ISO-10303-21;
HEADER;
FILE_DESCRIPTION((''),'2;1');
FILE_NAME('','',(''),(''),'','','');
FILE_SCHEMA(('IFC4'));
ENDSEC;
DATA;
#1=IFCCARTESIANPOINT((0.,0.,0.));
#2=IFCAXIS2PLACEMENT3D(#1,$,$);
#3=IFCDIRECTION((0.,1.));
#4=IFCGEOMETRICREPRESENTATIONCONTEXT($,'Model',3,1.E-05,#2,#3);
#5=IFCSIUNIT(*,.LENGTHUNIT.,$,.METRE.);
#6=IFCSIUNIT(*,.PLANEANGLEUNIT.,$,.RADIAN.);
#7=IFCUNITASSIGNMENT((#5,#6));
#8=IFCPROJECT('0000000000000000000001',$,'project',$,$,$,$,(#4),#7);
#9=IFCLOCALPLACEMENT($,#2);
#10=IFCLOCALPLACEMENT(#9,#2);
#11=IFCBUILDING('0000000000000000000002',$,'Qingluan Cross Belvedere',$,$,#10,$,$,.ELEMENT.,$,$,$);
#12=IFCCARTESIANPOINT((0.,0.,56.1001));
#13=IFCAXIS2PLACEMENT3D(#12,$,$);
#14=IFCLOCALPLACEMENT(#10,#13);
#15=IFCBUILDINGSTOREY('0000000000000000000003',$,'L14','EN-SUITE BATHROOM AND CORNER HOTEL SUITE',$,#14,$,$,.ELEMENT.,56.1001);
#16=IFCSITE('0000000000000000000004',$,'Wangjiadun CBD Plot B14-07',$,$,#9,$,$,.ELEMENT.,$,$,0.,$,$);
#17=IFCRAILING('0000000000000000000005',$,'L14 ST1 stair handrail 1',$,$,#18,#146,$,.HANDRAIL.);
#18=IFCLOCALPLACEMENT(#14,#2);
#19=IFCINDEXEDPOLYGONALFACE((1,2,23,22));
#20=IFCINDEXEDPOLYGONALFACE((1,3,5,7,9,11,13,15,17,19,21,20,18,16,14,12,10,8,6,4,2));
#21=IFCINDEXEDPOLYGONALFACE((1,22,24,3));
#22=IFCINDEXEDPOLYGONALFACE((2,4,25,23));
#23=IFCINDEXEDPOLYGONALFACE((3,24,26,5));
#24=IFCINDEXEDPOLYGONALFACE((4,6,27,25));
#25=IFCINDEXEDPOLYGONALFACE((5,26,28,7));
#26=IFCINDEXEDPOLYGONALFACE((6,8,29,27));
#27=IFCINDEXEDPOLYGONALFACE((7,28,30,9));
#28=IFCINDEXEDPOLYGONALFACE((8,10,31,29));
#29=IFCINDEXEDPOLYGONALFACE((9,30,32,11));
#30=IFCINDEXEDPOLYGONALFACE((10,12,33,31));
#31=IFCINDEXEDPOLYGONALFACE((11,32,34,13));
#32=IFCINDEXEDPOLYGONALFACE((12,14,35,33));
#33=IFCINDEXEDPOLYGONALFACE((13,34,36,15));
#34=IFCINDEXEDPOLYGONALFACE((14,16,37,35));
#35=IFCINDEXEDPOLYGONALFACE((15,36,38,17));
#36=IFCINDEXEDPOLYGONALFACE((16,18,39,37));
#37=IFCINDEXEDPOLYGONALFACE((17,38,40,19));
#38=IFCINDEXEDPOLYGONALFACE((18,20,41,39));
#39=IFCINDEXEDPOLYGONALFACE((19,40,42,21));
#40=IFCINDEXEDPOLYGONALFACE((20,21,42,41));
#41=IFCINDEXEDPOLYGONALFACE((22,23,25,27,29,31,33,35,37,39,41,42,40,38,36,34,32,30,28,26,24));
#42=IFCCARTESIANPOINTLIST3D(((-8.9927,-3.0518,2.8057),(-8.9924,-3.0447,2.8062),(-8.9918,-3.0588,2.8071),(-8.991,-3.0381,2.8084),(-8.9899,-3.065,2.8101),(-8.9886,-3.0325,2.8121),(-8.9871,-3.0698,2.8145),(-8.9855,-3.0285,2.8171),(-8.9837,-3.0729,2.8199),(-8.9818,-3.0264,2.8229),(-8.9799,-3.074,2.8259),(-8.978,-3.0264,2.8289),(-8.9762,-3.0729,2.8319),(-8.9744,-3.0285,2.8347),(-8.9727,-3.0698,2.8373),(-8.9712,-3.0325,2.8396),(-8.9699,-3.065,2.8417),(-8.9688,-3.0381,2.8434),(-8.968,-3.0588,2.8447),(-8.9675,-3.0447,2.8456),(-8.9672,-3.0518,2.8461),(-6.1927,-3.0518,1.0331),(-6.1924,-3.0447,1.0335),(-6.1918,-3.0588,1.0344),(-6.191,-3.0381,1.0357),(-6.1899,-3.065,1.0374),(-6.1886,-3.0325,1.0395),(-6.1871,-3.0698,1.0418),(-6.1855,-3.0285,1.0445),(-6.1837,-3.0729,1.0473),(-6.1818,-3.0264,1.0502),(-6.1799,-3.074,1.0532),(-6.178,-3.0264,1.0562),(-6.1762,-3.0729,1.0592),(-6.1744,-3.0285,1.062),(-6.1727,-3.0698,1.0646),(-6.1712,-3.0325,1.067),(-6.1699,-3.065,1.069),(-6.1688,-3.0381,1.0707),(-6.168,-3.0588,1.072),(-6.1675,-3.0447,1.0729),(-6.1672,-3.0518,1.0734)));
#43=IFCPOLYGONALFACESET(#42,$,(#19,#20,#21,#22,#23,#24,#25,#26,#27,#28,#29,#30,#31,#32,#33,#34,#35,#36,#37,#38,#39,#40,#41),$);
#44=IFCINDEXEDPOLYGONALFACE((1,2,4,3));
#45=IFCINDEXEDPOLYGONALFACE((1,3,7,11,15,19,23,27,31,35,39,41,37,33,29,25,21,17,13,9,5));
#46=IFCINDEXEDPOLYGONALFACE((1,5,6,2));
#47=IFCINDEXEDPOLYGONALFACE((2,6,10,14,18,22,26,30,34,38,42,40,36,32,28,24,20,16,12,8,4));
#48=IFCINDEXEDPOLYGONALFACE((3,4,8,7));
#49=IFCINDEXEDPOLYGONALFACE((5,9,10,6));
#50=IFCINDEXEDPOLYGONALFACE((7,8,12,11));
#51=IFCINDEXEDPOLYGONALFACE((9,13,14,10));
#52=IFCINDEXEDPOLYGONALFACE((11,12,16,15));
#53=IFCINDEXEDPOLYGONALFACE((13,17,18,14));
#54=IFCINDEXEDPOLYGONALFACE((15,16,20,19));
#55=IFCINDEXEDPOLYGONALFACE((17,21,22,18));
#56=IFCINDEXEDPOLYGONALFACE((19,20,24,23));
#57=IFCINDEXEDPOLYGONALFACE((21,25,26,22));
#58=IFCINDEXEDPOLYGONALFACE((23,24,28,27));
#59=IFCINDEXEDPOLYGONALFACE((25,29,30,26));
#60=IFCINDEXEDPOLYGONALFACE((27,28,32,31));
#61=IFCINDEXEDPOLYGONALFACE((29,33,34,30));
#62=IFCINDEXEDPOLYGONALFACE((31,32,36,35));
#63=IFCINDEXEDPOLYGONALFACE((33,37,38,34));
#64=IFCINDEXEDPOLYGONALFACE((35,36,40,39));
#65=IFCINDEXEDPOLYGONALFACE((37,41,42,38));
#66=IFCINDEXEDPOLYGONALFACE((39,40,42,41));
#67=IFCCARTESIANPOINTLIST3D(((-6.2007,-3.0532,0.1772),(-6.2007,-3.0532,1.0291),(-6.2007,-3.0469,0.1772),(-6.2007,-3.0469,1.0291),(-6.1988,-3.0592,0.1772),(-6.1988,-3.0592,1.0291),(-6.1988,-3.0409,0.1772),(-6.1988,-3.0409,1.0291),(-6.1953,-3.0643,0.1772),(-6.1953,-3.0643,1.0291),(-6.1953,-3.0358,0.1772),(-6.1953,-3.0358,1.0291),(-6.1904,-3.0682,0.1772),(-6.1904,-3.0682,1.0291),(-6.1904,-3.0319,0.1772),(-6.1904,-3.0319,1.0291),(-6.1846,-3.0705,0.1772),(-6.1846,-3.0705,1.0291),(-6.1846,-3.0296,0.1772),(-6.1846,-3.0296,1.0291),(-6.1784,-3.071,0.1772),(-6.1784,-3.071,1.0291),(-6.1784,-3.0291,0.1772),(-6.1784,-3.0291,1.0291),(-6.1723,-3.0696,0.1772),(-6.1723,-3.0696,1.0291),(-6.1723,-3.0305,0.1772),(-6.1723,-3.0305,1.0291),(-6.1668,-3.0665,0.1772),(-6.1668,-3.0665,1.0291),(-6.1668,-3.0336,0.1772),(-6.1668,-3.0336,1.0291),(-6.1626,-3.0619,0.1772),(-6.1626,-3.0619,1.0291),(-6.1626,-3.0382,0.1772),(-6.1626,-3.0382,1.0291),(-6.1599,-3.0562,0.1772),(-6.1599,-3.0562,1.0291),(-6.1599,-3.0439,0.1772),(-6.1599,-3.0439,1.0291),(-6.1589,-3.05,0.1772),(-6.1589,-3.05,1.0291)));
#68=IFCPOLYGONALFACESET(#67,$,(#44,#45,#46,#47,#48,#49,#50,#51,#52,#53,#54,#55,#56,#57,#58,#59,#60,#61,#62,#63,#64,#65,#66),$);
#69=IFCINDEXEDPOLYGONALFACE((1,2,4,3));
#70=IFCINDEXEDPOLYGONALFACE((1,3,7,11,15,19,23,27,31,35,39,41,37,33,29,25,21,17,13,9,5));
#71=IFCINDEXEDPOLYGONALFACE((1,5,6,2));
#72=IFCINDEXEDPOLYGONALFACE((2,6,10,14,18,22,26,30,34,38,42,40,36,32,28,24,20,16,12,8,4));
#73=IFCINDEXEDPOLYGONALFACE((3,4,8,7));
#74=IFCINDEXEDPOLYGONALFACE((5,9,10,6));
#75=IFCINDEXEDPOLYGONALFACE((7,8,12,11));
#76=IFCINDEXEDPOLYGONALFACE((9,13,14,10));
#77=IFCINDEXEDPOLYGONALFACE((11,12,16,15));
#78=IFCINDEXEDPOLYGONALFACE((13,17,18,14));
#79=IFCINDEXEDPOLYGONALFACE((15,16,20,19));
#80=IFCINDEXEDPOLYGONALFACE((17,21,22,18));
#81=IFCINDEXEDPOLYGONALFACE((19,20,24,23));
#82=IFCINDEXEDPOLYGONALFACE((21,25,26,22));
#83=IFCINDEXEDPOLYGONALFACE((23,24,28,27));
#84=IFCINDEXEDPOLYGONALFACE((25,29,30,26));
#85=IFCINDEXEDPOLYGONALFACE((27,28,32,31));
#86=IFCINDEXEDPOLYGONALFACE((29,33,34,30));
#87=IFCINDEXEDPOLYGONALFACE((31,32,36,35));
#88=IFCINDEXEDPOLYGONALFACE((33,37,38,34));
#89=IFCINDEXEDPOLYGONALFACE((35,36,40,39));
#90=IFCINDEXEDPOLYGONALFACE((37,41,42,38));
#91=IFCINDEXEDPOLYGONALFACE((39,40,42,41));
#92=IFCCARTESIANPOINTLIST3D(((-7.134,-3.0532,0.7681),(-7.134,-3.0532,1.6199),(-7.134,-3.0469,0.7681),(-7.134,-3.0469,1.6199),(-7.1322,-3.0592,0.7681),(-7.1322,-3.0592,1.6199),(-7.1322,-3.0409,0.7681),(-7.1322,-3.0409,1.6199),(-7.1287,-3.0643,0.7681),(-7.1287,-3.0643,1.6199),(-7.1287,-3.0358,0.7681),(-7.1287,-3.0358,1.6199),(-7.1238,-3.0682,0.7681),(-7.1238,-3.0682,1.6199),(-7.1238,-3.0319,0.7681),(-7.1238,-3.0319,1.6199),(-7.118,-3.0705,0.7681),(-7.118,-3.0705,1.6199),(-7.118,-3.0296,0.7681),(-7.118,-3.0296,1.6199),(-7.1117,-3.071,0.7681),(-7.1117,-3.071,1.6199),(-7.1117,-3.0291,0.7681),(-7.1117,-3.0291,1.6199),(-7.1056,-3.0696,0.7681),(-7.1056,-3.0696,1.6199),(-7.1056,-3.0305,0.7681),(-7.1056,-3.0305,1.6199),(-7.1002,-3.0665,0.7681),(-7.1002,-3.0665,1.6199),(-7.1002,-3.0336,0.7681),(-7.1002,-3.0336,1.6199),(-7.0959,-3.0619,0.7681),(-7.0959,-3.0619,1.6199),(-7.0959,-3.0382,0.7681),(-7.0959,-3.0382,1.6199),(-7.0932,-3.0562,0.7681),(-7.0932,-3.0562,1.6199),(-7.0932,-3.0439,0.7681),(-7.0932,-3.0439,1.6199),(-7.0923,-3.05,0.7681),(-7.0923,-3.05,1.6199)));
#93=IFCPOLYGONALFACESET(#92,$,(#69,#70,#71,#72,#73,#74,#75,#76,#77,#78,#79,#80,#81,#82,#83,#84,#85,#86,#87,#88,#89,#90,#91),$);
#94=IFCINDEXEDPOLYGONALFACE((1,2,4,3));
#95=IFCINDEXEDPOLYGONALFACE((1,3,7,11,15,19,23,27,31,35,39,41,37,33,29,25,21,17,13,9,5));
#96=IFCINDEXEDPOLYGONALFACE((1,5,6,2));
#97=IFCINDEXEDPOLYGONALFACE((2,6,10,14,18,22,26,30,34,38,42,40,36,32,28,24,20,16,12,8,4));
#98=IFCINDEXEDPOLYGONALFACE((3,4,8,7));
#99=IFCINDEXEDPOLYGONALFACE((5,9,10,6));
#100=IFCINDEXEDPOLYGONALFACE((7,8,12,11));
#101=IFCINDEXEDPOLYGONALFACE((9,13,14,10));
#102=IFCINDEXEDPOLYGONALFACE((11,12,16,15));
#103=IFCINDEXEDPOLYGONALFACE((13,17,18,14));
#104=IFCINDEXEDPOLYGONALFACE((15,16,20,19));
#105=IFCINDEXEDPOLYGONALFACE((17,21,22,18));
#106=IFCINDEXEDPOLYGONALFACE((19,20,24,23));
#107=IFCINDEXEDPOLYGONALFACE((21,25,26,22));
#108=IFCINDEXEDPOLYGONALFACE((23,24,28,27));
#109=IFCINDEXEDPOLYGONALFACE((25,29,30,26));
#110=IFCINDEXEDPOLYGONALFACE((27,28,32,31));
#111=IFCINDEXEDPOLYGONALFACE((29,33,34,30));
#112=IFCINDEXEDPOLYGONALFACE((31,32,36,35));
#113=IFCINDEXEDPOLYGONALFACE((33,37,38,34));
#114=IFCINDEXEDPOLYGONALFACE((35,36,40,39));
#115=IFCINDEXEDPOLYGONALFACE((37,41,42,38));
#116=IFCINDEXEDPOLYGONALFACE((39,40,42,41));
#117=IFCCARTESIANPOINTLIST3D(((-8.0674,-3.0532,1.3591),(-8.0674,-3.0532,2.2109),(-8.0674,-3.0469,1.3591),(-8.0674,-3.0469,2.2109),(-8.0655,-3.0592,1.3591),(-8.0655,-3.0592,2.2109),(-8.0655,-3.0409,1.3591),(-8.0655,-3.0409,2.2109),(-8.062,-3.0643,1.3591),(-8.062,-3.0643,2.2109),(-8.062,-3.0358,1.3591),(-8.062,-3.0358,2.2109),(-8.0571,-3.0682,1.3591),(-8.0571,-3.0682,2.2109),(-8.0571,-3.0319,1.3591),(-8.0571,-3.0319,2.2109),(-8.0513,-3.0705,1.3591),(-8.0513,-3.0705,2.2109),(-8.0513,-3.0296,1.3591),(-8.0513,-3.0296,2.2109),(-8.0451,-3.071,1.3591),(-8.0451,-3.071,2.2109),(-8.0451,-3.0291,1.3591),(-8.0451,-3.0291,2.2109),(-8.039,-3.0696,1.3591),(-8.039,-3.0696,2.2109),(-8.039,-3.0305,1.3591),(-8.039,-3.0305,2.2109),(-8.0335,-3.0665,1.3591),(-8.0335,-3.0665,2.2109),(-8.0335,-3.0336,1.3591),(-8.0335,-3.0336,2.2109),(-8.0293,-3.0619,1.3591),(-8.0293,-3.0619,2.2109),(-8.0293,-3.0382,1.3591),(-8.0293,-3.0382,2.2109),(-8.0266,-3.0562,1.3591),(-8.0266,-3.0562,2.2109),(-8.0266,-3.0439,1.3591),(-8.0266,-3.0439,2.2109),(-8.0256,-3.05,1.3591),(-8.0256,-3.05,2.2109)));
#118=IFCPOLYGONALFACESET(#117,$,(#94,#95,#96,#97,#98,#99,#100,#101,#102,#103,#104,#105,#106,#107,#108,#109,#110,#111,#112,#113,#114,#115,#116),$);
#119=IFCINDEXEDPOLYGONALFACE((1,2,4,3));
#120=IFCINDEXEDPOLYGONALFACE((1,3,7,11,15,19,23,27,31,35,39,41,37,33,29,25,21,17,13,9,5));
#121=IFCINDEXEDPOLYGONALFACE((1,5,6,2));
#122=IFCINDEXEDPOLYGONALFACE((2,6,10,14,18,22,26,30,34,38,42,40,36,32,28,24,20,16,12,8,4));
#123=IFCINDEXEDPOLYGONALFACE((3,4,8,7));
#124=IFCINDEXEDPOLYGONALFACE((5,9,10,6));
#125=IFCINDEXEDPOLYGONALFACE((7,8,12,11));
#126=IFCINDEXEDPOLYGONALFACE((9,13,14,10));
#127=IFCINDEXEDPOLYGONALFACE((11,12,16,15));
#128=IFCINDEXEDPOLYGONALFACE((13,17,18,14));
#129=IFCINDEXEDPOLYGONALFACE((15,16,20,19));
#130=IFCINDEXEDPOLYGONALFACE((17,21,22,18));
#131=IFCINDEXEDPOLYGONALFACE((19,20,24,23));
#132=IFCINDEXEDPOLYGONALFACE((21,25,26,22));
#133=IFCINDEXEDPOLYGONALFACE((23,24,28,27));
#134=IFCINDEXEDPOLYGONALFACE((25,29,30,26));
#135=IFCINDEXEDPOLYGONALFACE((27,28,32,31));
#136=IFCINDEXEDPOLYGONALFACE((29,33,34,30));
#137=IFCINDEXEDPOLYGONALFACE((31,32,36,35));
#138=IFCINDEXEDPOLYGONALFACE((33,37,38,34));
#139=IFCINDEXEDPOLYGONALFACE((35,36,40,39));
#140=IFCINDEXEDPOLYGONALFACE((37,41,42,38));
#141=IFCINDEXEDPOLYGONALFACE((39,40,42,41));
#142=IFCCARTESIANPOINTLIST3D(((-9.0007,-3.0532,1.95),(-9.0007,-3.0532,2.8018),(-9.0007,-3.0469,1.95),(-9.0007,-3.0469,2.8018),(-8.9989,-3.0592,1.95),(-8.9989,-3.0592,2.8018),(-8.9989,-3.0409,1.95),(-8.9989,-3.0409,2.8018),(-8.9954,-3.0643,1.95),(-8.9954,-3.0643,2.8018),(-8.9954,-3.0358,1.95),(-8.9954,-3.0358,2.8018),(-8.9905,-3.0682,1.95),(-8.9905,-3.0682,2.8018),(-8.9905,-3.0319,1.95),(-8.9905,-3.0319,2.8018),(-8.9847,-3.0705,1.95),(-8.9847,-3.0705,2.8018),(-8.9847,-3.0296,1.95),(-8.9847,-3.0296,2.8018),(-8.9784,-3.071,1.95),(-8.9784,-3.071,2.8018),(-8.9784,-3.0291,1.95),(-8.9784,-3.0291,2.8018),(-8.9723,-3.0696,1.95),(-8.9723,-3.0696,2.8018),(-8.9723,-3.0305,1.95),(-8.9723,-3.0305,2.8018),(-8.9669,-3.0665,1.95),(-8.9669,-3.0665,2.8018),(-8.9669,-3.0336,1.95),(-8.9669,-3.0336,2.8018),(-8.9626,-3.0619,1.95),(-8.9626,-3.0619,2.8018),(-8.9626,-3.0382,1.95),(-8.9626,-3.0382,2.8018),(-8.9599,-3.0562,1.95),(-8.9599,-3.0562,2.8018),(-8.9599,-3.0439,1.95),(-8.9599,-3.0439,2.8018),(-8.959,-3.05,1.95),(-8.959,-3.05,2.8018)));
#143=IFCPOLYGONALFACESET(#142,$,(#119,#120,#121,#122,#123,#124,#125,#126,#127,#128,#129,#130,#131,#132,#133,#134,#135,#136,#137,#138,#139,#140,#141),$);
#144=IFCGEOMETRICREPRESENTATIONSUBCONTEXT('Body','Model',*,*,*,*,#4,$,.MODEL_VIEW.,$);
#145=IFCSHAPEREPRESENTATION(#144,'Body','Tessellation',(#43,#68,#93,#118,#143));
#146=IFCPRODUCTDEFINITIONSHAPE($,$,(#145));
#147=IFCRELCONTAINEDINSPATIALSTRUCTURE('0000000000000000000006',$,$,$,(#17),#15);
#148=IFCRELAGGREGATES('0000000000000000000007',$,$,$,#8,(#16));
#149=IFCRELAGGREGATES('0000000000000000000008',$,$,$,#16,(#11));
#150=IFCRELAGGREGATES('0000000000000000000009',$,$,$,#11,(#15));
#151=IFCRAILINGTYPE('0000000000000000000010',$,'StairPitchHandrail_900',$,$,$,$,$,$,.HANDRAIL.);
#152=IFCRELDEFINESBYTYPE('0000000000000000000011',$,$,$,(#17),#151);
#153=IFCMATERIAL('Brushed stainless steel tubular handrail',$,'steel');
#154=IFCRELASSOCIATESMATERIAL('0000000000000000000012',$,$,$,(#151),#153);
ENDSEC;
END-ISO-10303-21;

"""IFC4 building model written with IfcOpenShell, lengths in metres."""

from ifc_helpers import new_model, si_unit, direction, frame, origin, origin_2d, place, context, subcontext, project, spatial, circle, extrude, material, type_object, element, save


model = new_model("IFC4")

# Units and contexts
model_context = context("Model", 3, precision=1e-05, world=origin(), true_north=direction((0.0, 1.0)))
body_context = subcontext(model_context, "Body", "Model", "MODEL_VIEW")
ifc_project = project(units=[si_unit("LENGTHUNIT", "METRE"), si_unit("PLANEANGLEUNIT", "RADIAN")], contexts=[model_context])

# Site, building, storey
site_placement = place(None, origin())
site = spatial("IfcSite", under=ifc_project, at=site_placement, Name="Wangjiadun CBD Plot B14-07", CompositionType="ELEMENT", RefElevation=0.0)
building_placement = place(site_placement, origin())
building = spatial("IfcBuilding", under=site, at=building_placement, Name="Qingluan Cross Belvedere", CompositionType="ELEMENT")
storey_placement = place(building_placement, frame((0.0, 0.0, 56.1001)))
storey = spatial("IfcBuildingStorey", under=building, at=storey_placement, Name="L14", Description="EN-SUITE BATHROOM AND CORNER HOTEL SUITE", CompositionType="ELEMENT", Elevation=56.1001)

# Railing
ifc_material_1 = material(Name="Brushed stainless steel tubular handrail", Category="steel")
railing_type_1 = type_object("IfcRailingType", Name="StairPitchHandrail_900", PredefinedType="HANDRAIL", material=ifc_material_1)
railing_1_placement = place(storey_placement, frame((-6.1799, -3.05, 0.1772)))
element("IfcRailing", 1, at=railing_1_placement, inside=storey, type_object=railing_type_1, Name="L14 ST1 stair handrail 1", PredefinedType="HANDRAIL", context=body_context, shape_type="SweptSolid", body=[
    extrude(circle(Radius=0.0239, at=origin_2d()), frame((0.0, 0.0, 0.876), z_axis=(-0.844909, 0.0, 0.53491), x_axis=(0.0, -1.0, 0.0)), (0.0, 0.0, 1.0), 3.314),
    extrude(circle(Radius=0.021, at=origin_2d()), origin(), (0.0, 0.0, 1.0), 0.8518),
    extrude(circle(Radius=0.021, at=origin_2d()), frame((-0.9333, 0.0, 0.5908)), (0.0, 0.0, 1.0), 0.8518),
    extrude(circle(Radius=0.021, at=origin_2d()), frame((-1.8667, 0.0, 1.1819)), (0.0, 0.0, 1.0), 0.8518),
    extrude(circle(Radius=0.021, at=origin_2d()), frame((-2.8, 0.0, 1.7727)), (0.0, 0.0, 1.0), 0.8518),
])

save(model, "model.ifc")
